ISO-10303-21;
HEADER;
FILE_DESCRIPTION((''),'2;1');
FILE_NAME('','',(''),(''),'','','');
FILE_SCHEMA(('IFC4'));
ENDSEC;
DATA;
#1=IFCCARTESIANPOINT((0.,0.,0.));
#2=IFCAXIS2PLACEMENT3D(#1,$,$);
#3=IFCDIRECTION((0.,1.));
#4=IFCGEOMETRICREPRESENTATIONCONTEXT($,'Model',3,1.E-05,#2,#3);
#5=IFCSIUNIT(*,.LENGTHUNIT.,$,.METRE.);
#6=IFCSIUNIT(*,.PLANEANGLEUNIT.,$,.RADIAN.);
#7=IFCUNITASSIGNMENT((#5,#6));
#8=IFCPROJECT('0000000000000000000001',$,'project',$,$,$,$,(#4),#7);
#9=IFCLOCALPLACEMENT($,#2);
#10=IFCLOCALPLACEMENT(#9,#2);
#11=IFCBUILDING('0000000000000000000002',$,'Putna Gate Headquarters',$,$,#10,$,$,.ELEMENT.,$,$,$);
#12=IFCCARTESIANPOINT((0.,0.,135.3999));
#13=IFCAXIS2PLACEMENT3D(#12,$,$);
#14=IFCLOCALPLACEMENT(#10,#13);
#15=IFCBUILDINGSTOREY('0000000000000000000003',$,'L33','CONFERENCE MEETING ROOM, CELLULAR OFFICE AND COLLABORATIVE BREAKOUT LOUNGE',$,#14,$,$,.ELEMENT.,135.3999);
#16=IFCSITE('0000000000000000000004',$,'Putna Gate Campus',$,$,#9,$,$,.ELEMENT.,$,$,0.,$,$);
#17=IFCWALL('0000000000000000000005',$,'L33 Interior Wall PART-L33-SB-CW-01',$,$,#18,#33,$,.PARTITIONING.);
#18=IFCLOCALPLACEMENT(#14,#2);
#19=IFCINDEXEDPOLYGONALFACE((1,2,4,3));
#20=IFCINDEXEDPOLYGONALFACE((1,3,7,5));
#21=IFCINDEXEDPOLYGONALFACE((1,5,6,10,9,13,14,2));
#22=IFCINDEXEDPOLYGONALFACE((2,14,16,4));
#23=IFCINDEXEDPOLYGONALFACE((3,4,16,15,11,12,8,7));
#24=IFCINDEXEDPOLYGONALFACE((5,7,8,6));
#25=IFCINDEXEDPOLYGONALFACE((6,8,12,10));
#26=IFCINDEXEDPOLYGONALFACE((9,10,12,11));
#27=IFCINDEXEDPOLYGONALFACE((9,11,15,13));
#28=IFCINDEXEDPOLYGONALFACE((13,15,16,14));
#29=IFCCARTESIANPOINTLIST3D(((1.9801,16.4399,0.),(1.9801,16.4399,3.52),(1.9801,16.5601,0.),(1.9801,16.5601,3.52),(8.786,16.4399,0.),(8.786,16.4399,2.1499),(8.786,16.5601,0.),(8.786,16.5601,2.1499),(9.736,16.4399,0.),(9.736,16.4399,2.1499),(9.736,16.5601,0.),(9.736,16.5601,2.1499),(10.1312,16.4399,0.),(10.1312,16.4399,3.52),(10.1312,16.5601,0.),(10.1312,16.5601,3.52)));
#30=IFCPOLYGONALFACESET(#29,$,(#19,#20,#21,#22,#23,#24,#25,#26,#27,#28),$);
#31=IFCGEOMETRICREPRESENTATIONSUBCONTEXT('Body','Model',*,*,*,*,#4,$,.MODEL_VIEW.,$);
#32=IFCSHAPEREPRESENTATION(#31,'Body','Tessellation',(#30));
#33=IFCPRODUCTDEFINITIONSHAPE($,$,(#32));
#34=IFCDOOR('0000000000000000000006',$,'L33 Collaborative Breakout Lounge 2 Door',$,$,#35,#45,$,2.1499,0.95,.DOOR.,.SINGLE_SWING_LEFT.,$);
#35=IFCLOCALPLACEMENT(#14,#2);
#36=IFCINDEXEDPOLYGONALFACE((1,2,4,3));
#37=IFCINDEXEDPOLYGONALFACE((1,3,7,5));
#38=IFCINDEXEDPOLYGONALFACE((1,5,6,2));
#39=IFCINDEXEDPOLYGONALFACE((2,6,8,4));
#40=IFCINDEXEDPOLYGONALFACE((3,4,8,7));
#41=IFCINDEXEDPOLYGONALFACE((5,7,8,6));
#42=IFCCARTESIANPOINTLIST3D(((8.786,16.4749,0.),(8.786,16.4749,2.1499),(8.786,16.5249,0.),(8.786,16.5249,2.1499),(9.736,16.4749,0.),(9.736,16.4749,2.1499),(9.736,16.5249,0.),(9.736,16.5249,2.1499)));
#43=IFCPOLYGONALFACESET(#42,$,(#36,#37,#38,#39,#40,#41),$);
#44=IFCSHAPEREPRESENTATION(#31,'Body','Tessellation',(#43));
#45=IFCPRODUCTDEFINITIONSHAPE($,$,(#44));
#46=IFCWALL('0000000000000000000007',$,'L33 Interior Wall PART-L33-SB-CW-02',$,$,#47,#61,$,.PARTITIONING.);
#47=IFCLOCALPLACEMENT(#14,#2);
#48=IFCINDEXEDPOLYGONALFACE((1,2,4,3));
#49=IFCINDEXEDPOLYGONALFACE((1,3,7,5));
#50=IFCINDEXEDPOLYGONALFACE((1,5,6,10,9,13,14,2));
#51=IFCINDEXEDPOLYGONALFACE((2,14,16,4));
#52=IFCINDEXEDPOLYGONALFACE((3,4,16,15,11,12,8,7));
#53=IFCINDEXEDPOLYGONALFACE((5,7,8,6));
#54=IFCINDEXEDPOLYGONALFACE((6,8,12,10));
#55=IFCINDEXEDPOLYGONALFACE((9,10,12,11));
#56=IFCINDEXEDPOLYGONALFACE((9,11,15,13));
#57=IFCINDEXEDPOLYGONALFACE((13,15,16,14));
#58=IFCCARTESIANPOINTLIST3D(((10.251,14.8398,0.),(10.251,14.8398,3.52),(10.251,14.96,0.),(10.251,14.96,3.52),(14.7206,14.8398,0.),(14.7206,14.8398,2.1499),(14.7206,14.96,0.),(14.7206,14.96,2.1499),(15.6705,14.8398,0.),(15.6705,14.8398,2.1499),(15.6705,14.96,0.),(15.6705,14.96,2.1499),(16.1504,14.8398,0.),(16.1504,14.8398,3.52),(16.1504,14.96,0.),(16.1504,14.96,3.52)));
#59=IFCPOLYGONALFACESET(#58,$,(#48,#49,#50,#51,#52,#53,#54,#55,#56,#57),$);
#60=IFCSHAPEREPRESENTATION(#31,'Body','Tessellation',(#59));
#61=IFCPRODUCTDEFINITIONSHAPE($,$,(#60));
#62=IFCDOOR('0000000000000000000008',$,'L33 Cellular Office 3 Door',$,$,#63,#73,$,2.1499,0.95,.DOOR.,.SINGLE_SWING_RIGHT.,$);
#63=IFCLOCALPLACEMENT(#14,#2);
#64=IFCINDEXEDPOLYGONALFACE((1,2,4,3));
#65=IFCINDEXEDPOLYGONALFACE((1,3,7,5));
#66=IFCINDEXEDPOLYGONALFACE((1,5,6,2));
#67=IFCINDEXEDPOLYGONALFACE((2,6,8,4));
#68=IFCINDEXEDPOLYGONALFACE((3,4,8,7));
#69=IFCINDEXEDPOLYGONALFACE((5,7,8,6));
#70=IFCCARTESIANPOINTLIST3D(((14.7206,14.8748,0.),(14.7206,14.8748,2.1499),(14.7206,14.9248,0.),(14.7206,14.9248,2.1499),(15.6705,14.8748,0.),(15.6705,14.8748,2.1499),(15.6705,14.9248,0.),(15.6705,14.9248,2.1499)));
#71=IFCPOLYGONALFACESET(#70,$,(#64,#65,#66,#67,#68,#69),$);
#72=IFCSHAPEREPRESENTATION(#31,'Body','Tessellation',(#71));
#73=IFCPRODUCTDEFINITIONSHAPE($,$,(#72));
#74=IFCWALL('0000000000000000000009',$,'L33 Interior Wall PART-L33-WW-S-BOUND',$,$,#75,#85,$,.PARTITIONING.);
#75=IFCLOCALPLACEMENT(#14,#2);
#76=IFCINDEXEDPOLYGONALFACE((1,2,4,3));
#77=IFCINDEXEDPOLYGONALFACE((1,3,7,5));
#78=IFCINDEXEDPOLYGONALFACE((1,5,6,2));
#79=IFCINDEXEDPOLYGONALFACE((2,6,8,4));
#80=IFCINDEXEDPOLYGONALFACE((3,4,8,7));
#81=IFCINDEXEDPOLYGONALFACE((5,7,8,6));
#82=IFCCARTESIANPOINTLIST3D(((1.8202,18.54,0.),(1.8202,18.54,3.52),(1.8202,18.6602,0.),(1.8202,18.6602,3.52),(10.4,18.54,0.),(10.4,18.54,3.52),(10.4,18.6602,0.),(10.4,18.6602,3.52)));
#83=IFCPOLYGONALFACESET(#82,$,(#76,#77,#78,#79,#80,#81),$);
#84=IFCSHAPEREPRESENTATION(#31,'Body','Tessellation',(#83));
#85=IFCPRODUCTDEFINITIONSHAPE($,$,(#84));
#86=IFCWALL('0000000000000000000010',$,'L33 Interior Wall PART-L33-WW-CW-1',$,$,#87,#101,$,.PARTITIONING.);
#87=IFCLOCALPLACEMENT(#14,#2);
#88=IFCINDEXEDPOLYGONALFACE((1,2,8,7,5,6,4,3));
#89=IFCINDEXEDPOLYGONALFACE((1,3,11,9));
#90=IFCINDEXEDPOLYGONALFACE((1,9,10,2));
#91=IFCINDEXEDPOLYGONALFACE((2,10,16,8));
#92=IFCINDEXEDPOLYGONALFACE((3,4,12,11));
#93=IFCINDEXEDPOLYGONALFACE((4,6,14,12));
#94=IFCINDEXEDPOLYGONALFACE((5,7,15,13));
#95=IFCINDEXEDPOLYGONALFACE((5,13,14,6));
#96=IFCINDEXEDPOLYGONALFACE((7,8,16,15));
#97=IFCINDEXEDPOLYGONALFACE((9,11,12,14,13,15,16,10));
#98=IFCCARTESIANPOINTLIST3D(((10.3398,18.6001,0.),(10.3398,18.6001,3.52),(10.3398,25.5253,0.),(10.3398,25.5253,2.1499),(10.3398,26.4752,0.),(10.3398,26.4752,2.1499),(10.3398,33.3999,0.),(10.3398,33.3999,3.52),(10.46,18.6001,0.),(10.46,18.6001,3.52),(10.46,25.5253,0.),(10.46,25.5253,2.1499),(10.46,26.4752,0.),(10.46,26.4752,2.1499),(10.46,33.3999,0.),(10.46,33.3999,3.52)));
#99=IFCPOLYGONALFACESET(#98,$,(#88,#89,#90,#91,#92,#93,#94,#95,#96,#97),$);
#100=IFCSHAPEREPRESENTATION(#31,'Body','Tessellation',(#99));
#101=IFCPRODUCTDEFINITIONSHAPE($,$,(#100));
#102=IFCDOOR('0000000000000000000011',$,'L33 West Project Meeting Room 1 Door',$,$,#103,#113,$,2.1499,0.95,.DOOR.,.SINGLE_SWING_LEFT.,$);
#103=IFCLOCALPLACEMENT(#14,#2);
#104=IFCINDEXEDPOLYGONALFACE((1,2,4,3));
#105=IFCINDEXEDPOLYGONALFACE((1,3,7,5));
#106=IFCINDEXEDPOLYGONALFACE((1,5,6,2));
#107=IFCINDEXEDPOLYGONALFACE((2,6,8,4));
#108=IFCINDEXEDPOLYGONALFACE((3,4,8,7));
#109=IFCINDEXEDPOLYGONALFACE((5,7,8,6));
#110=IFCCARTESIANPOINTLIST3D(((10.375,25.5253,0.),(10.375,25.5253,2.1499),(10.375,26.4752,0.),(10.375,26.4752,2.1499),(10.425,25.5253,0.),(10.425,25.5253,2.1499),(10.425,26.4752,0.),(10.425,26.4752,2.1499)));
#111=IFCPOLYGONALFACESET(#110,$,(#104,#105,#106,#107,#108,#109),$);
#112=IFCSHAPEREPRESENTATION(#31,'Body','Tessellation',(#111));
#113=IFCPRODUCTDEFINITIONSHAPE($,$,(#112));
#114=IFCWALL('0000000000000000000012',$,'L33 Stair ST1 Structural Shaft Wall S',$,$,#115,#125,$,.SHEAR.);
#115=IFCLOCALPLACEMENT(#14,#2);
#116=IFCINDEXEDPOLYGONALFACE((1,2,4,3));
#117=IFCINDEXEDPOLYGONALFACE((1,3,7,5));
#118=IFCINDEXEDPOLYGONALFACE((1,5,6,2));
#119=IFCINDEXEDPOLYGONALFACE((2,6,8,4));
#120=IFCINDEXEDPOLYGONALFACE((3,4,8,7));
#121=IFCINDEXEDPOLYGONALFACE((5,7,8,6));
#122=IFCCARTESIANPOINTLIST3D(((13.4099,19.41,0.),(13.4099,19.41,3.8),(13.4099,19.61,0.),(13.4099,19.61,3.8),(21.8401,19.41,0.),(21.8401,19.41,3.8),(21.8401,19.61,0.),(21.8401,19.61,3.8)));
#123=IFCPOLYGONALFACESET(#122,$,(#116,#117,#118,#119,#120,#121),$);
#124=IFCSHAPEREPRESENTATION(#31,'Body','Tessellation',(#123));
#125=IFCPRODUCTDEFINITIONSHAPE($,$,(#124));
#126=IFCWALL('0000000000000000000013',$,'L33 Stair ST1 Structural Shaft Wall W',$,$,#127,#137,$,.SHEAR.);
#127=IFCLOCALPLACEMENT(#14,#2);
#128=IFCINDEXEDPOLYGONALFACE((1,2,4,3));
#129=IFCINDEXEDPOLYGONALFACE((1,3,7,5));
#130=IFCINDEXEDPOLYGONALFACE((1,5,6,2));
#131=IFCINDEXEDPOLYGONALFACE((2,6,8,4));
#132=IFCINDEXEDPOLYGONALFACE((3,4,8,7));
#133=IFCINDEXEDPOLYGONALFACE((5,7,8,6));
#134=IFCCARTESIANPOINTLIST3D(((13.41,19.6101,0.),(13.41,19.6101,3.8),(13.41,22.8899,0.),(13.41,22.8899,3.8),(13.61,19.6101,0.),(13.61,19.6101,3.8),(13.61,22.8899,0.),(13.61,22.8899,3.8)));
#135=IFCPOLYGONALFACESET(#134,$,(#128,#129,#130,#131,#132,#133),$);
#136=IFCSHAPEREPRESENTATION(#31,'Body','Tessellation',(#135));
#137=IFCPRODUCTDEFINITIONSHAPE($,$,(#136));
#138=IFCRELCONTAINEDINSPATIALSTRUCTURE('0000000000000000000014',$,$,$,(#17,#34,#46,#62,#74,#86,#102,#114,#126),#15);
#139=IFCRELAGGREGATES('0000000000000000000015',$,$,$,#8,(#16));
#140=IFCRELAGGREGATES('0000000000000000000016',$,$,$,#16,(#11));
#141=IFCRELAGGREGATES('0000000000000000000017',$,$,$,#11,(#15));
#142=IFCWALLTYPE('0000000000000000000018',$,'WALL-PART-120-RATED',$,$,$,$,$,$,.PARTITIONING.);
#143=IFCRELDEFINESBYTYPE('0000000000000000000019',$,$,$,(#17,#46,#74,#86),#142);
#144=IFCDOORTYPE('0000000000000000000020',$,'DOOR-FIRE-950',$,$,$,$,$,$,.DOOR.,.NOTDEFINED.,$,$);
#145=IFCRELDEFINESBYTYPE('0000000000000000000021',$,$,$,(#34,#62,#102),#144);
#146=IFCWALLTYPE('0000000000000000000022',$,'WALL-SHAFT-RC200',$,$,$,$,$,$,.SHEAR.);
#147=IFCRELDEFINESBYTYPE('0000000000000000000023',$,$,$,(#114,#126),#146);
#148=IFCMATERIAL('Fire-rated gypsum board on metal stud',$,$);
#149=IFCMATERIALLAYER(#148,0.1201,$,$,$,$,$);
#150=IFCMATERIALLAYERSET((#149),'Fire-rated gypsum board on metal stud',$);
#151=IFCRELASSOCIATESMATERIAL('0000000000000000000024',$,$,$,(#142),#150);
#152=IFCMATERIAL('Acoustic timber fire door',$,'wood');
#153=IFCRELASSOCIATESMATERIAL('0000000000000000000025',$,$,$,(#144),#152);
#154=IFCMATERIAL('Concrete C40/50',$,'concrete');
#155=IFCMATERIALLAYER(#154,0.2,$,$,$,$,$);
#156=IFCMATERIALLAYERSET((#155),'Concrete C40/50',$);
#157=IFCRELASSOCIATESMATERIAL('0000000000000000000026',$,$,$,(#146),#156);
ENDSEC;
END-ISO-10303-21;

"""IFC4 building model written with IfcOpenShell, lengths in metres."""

from ifc_helpers import new_model, si_unit, direction, frame, frame_2d, origin, place, context, subcontext, project, spatial, rectangle, extrude, material, layer, layer_set, type_object, element, fill, save


model = new_model("IFC4")

# Units and contexts
model_context = context("Model", 3, precision=1e-05, world=origin(), true_north=direction((0.0, 1.0)))
body_context = subcontext(model_context, "Body", "Model", "MODEL_VIEW")
ifc_project = project(units=[si_unit("LENGTHUNIT", "METRE"), si_unit("PLANEANGLEUNIT", "RADIAN")], contexts=[model_context])

# Site, building, storey
site_placement = place(None, origin())
site = spatial("IfcSite", under=ifc_project, at=site_placement, Name="Putna Gate Campus", CompositionType="ELEMENT", RefElevation=0.0)
building_placement = place(site_placement, origin())
building = spatial("IfcBuilding", under=site, at=building_placement, Name="Putna Gate Headquarters", CompositionType="ELEMENT")
storey_placement = place(building_placement, frame((0.0, 0.0, 135.3999)))
storey = spatial("IfcBuildingStorey", under=building, at=storey_placement, Name="L33", Description="CONFERENCE MEETING ROOM, CELLULAR OFFICE AND COLLABORATIVE BREAKOUT LOUNGE", CompositionType="ELEMENT", Elevation=135.3999)

# Shared definitions
ifc_material_1 = material(Name="Fire-rated gypsum board on metal stud")
ifc_layer_1 = layer(ifc_material_1, 0.1201)
ifc_layer_set_1 = layer_set([ifc_layer_1], Name="Fire-rated gypsum board on metal stud")
wall_type_1 = type_object("IfcWallType", Name="WALL-PART-120-RATED", PredefinedType="PARTITIONING", material=ifc_layer_set_1)

# Walls, openings, doors
wall_1_placement = place(storey_placement, frame((1.98, 16.5, 0.0), z_axis=(0.0, 0.0, 1.0), x_axis=(1.0, 0.0, 0.0)))
wall_1 = element("IfcWall", 1, at=wall_1_placement, inside=storey, type_object=wall_type_1, Name="L33 Interior Wall PART-L33-SB-CW-01", PredefinedType="PARTITIONING", context=body_context, shape_type="SweptSolid", body=[
    extrude(rectangle(XDim=8.1511, YDim=0.1201, at=frame_2d((4.0757, 0.0))), origin(), (0.0, 0.0, 1.0), 3.52),
])
opening_1_placement = place(wall_1_placement, frame((6.8059, 0.0, 0.0)))
opening_1 = element("IfcOpeningElement", 2, at=opening_1_placement, cuts=wall_1, PredefinedType="OPENING", context=body_context, shape_type="SweptSolid", body=[
    extrude(rectangle(XDim=0.95, YDim=2.1499, at=frame_2d((0.4751, 1.075))), frame((0.0, 0.0701, 0.0), z_axis=(0.0, -1.0, 0.0), x_axis=(1.0, 0.0, 0.0)), (0.0, 0.0, 1.0), 0.1401),
])
ifc_material_2 = material(Name="Acoustic timber fire door", Category="wood")
door_type_1 = type_object("IfcDoorType", Name="DOOR-FIRE-950", OperationType="NOTDEFINED", PredefinedType="DOOR", material=ifc_material_2)
door_1_placement = place(opening_1_placement, origin())
door_1 = element("IfcDoor", 3, at=door_1_placement, inside=storey, type_object=door_type_1, Name="L33 Collaborative Breakout Lounge 2 Door", OperationType="SINGLE_SWING_LEFT", OverallHeight=2.1499, OverallWidth=0.95, PredefinedType="DOOR", context=body_context, shape_type="SweptSolid", body=[
    extrude(rectangle(XDim=0.95, YDim=2.1499, at=frame_2d((0.4751, 1.075))), frame((0.0, 0.0249, 0.0), z_axis=(0.0, -1.0, 0.0), x_axis=(1.0, 0.0, 0.0)), (0.0, 0.0, 1.0), 0.05),
])
fill(opening_1, door_1)
wall_2_placement = place(storey_placement, frame((10.251, 14.8999, 0.0), z_axis=(0.0, 0.0, 1.0), x_axis=(1.0, 0.0, 0.0)))
wall_2 = element("IfcWall", 4, at=wall_2_placement, inside=storey, type_object=wall_type_1, Name="L33 Interior Wall PART-L33-SB-CW-02", PredefinedType="PARTITIONING", context=body_context, shape_type="SweptSolid", body=[
    extrude(rectangle(XDim=5.8994, YDim=0.1201, at=frame_2d((2.9497, 0.0))), origin(), (0.0, 0.0, 1.0), 3.52),
])
opening_2_placement = place(wall_2_placement, frame((4.4695, 0.0, 0.0)))
opening_2 = element("IfcOpeningElement", 5, at=opening_2_placement, cuts=wall_2, PredefinedType="OPENING", context=body_context, shape_type="SweptSolid", body=[
    extrude(rectangle(XDim=0.95, YDim=2.1499, at=frame_2d((0.4751, 1.075))), frame((0.0, 0.0701, 0.0), z_axis=(0.0, -1.0, 0.0), x_axis=(1.0, 0.0, 0.0)), (0.0, 0.0, 1.0), 0.1401),
])
door_2_placement = place(opening_2_placement, origin())
door_2 = element("IfcDoor", 6, at=door_2_placement, inside=storey, type_object=door_type_1, Name="L33 Cellular Office 3 Door", OperationType="SINGLE_SWING_RIGHT", OverallHeight=2.1499, OverallWidth=0.95, PredefinedType="DOOR", context=body_context, shape_type="SweptSolid", body=[
    extrude(rectangle(XDim=0.95, YDim=2.1499, at=frame_2d((0.4751, 1.075))), frame((0.0, 0.0249, 0.0), z_axis=(0.0, -1.0, 0.0), x_axis=(1.0, 0.0, 0.0)), (0.0, 0.0, 1.0), 0.05),
])
fill(opening_2, door_2)

# Wall
wall_3_placement = place(storey_placement, frame((1.8201, 18.6001, 0.0), z_axis=(0.0, 0.0, 1.0), x_axis=(1.0, 0.0, 0.0)))
element("IfcWall", 7, at=wall_3_placement, inside=storey, type_object=wall_type_1, Name="L33 Interior Wall PART-L33-WW-S-BOUND", PredefinedType="PARTITIONING", context=body_context, shape_type="SweptSolid", body=[
    extrude(rectangle(XDim=8.5798, YDim=0.1201, at=frame_2d((4.29, 0.0))), origin(), (0.0, 0.0, 1.0), 3.52),
])

# Wall, opening, door
wall_4_placement = place(storey_placement, frame((10.3999, 18.6001, 0.0), z_axis=(0.0, 0.0, 1.0), x_axis=(0.0, 1.0, 0.0)))
wall_4 = element("IfcWall", 8, at=wall_4_placement, inside=storey, type_object=wall_type_1, Name="L33 Interior Wall PART-L33-WW-CW-1", PredefinedType="PARTITIONING", context=body_context, shape_type="SweptSolid", body=[
    extrude(rectangle(XDim=14.7998, YDim=0.1201, at=frame_2d((7.3999, 0.0))), origin(), (0.0, 0.0, 1.0), 3.52),
])
opening_3_placement = place(wall_4_placement, frame((6.925, 0.0, 0.0)))
opening_3 = element("IfcOpeningElement", 9, at=opening_3_placement, cuts=wall_4, PredefinedType="OPENING", context=body_context, shape_type="SweptSolid", body=[
    extrude(rectangle(XDim=0.95, YDim=2.1499, at=frame_2d((0.4751, 1.075))), frame((0.0, 0.0701, 0.0), z_axis=(0.0, -1.0, 0.0), x_axis=(1.0, 0.0, 0.0)), (0.0, 0.0, 1.0), 0.1401),
])
door_3_placement = place(opening_3_placement, origin())
door_3 = element("IfcDoor", 10, at=door_3_placement, inside=storey, type_object=door_type_1, Name="L33 West Project Meeting Room 1 Door", OperationType="SINGLE_SWING_LEFT", OverallHeight=2.1499, OverallWidth=0.95, PredefinedType="DOOR", context=body_context, shape_type="SweptSolid", body=[
    extrude(rectangle(XDim=0.95, YDim=2.1499, at=frame_2d((0.4751, 1.075))), frame((0.0, 0.0249, 0.0), z_axis=(0.0, -1.0, 0.0), x_axis=(1.0, 0.0, 0.0)), (0.0, 0.0, 1.0), 0.05),
])
fill(opening_3, door_3)

# Walls
ifc_material_3 = material(Name="Concrete C40/50", Category="concrete")
ifc_layer_2 = layer(ifc_material_3, 0.2)
ifc_layer_set_2 = layer_set([ifc_layer_2], Name="Concrete C40/50")
wall_type_2 = type_object("IfcWallType", Name="WALL-SHAFT-RC200", PredefinedType="SHEAR", material=ifc_layer_set_2)
wall_5_placement = place(storey_placement, frame((13.4099, 19.51, 0.0), z_axis=(0.0, 0.0, 1.0), x_axis=(1.0, 0.0, 0.0)))
element("IfcWall", 11, at=wall_5_placement, inside=storey, type_object=wall_type_2, Name="L33 Stair ST1 Structural Shaft Wall S", PredefinedType="SHEAR", context=body_context, shape_type="SweptSolid", body=[
    extrude(rectangle(XDim=8.4302, YDim=0.2, at=frame_2d((4.2151, 0.0))), origin(), (0.0, 0.0, 1.0), 3.8),
])
wall_6_placement = place(storey_placement, frame((13.51, 19.6101, 0.0), z_axis=(0.0, 0.0, 1.0), x_axis=(0.0, 1.0, 0.0)))
element("IfcWall", 12, at=wall_6_placement, inside=storey, type_object=wall_type_2, Name="L33 Stair ST1 Structural Shaft Wall W", PredefinedType="SHEAR", context=body_context, shape_type="SweptSolid", body=[
    extrude(rectangle(XDim=3.2798, YDim=0.2, at=frame_2d((1.6399, 0.0))), origin(), (0.0, 0.0, 1.0), 3.8),
])

save(model, "model.ifc")
